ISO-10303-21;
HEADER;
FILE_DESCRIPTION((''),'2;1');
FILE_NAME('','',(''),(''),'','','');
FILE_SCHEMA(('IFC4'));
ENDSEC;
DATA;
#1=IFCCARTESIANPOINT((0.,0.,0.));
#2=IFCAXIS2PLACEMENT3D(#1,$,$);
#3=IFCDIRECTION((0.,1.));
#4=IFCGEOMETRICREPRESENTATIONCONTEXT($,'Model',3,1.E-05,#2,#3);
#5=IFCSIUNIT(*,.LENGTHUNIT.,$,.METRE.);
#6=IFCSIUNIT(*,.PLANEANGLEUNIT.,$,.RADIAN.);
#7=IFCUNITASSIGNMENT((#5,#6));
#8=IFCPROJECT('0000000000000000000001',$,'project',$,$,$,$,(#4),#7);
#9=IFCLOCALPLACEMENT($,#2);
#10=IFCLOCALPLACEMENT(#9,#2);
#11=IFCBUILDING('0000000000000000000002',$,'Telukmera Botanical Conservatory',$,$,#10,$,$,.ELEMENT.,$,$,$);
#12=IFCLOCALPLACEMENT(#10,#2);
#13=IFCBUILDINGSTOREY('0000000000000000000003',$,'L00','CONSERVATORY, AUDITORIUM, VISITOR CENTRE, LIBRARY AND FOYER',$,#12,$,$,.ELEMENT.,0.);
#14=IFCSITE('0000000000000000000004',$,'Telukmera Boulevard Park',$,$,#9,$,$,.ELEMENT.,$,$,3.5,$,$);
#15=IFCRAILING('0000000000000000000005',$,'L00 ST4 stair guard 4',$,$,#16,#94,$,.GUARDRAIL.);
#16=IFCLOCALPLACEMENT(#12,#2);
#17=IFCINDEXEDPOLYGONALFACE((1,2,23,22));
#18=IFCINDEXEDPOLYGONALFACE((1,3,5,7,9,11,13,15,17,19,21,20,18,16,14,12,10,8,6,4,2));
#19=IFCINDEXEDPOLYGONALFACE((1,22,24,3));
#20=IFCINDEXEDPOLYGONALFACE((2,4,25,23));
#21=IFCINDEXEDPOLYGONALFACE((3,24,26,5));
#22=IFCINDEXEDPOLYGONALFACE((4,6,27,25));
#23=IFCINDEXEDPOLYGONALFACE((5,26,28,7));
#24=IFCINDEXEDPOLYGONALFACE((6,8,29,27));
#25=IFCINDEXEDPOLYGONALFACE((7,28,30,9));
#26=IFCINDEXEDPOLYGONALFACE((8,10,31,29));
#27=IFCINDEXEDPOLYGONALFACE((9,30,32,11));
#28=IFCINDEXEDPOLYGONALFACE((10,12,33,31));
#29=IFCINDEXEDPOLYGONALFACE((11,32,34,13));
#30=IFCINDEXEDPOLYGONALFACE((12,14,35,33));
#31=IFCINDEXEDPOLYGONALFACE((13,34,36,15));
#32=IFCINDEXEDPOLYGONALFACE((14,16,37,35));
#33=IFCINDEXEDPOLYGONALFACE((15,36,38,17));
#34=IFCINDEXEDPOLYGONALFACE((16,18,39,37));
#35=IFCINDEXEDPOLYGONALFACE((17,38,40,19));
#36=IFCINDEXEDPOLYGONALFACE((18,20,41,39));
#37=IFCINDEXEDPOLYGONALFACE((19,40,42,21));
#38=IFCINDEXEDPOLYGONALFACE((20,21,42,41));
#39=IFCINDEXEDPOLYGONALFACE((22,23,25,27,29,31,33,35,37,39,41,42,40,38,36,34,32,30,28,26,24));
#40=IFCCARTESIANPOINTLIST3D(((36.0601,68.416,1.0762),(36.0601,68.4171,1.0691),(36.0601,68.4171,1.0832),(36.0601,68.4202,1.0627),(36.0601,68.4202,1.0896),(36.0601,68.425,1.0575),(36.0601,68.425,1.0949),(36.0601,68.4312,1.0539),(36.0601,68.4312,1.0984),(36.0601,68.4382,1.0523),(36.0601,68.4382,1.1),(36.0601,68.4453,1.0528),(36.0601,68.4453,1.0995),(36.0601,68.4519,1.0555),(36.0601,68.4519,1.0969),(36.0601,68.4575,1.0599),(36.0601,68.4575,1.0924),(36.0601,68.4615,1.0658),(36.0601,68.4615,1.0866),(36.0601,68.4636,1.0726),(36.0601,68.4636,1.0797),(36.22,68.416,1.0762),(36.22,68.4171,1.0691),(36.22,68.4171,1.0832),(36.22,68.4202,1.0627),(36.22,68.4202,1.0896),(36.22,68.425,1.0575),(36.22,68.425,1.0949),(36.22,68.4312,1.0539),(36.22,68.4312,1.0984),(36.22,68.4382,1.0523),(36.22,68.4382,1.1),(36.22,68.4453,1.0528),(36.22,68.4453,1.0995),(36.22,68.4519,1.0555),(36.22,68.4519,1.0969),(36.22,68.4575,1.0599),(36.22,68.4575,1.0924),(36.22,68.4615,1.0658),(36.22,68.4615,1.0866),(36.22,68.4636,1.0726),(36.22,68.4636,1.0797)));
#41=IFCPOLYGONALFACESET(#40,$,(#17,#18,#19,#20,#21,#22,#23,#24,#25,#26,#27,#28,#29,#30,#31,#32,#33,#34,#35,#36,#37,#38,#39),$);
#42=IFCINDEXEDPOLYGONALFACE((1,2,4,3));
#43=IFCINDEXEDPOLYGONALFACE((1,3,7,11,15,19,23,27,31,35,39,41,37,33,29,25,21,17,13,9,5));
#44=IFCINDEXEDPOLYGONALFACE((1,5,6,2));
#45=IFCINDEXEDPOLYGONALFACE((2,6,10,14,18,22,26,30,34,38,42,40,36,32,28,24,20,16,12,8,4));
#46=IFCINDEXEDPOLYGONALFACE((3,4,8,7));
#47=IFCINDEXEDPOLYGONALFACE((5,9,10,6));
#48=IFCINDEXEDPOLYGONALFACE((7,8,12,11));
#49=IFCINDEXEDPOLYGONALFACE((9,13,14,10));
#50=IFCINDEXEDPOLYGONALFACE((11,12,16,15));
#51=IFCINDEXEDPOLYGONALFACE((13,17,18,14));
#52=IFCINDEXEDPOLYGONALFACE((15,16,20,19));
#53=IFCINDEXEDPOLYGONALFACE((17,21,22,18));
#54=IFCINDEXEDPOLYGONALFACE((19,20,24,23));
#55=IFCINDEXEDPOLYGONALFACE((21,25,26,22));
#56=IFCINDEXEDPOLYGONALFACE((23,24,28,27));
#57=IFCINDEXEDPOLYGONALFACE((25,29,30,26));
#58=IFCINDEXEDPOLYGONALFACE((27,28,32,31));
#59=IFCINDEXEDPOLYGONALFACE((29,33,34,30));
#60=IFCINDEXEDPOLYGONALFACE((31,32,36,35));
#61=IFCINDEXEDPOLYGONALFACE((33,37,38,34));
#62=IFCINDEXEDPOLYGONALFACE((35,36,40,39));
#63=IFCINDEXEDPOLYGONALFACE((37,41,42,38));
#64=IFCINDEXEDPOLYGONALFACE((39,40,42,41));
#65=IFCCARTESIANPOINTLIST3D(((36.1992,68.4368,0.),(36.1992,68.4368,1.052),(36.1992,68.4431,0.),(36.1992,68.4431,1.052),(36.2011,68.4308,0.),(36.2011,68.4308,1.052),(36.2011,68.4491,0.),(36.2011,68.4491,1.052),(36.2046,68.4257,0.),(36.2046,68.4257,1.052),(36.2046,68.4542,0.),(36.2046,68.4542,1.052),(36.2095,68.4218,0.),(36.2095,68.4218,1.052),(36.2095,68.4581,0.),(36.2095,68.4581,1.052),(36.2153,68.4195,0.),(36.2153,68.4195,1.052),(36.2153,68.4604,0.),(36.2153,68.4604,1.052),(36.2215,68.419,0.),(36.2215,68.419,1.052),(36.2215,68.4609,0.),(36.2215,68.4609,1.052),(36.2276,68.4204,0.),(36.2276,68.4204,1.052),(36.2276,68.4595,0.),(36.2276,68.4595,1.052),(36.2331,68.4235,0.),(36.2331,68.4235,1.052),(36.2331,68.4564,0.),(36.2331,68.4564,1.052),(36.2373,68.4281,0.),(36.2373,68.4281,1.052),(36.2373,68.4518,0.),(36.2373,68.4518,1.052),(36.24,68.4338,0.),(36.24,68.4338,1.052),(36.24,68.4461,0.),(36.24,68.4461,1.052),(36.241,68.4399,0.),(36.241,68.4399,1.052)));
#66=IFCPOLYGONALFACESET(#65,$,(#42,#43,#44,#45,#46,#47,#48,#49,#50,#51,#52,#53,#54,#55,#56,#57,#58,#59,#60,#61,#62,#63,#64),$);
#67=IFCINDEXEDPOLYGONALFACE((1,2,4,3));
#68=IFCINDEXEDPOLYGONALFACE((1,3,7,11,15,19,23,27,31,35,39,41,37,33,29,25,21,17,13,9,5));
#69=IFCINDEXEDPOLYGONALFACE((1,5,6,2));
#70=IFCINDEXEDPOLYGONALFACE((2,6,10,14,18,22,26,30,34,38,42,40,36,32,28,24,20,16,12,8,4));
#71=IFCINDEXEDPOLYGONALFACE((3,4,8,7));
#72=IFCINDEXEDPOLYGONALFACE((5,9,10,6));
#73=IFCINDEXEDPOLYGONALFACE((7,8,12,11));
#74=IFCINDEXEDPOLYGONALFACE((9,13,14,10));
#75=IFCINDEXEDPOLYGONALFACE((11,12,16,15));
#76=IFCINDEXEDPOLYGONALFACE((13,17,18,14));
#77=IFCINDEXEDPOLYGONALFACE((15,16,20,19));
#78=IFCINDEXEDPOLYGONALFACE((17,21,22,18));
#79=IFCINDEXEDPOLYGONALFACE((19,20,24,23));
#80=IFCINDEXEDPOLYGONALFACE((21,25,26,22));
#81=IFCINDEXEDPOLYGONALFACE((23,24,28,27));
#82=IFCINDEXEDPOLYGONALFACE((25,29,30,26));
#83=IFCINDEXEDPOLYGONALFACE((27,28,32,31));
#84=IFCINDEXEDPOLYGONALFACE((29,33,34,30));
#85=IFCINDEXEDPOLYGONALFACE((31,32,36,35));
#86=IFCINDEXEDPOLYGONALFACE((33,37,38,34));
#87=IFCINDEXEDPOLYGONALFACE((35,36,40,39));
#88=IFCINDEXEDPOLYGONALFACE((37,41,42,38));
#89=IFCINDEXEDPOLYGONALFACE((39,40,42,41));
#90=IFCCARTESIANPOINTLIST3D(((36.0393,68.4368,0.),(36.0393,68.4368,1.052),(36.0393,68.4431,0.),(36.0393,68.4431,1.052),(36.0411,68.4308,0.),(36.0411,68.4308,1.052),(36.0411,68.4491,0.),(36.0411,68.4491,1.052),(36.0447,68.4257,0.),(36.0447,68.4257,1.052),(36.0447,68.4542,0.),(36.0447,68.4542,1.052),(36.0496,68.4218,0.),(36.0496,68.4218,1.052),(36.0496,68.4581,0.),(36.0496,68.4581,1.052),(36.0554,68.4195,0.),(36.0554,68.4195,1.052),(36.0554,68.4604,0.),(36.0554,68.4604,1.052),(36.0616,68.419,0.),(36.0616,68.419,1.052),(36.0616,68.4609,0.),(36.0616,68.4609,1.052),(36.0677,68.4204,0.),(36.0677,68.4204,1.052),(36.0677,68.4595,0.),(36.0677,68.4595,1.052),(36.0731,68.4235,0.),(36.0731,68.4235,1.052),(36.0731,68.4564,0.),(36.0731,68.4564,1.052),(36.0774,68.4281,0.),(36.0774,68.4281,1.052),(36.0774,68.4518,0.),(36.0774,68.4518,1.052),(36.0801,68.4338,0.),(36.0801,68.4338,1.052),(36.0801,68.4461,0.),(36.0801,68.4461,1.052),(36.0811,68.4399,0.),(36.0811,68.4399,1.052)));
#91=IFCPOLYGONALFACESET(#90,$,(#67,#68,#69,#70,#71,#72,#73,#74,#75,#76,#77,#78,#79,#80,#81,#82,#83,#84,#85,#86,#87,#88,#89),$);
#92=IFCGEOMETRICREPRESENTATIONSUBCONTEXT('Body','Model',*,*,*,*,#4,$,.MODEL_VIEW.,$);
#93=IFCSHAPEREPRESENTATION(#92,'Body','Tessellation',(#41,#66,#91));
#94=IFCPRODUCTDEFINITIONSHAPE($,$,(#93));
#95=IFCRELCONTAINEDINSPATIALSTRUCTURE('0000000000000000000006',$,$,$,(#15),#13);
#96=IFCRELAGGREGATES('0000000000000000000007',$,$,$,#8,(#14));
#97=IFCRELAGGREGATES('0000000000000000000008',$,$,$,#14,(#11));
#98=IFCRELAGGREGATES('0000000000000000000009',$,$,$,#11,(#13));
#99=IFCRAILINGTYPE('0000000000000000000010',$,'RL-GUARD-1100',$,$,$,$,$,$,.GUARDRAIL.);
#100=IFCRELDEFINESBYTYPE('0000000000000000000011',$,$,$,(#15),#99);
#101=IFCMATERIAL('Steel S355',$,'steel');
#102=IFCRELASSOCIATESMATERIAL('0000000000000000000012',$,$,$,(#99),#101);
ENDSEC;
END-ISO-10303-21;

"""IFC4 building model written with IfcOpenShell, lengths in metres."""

from ifc_helpers import new_model, si_unit, direction, frame, origin, origin_2d, place, context, subcontext, project, spatial, circle, extrude, material, type_object, element, save


model = new_model("IFC4")

# Units and contexts
model_context = context("Model", 3, precision=1e-05, world=origin(), true_north=direction((0.0, 1.0)))
body_context = subcontext(model_context, "Body", "Model", "MODEL_VIEW")
ifc_project = project(units=[si_unit("LENGTHUNIT", "METRE"), si_unit("PLANEANGLEUNIT", "RADIAN")], contexts=[model_context])

# Site, building, storey
site_placement = place(None, origin())
site = spatial("IfcSite", under=ifc_project, at=site_placement, Name="Telukmera Boulevard Park", CompositionType="ELEMENT", RefElevation=3.5)
building_placement = place(site_placement, origin())
building = spatial("IfcBuilding", under=site, at=building_placement, Name="Telukmera Botanical Conservatory", CompositionType="ELEMENT")
storey_placement = place(building_placement, origin())
storey = spatial("IfcBuildingStorey", under=building, at=storey_placement, Name="L00", Description="CONSERVATORY, AUDITORIUM, VISITOR CENTRE, LIBRARY AND FOYER", CompositionType="ELEMENT", Elevation=0.0)

# Railing
ifc_material_1 = material(Name="Steel S355", Category="steel")
railing_type_1 = type_object("IfcRailingType", Name="RL-GUARD-1100", PredefinedType="GUARDRAIL", material=ifc_material_1)
railing_1_placement = place(storey_placement, frame((36.22, 68.4399, 0.0)))
element("IfcRailing", 1, at=railing_1_placement, inside=storey, type_object=railing_type_1, Name="L00 ST4 stair guard 4", PredefinedType="GUARDRAIL", context=body_context, shape_type="SweptSolid", body=[
    extrude(circle(Radius=0.0239, at=origin_2d()), frame((0.0, 0.0, 1.0762), z_axis=(-1.0, 0.0, 0.0), x_axis=(0.0, -1.0, 0.0)), (0.0, 0.0, 1.0), 0.1599),
    extrude(circle(Radius=0.021, at=origin_2d()), origin(), (0.0, 0.0, 1.0), 1.052),
    extrude(circle(Radius=0.021, at=origin_2d()), frame((-0.1599, 0.0, 0.0)), (0.0, 0.0, 1.0), 1.052),
])

save(model, "model.ifc")
